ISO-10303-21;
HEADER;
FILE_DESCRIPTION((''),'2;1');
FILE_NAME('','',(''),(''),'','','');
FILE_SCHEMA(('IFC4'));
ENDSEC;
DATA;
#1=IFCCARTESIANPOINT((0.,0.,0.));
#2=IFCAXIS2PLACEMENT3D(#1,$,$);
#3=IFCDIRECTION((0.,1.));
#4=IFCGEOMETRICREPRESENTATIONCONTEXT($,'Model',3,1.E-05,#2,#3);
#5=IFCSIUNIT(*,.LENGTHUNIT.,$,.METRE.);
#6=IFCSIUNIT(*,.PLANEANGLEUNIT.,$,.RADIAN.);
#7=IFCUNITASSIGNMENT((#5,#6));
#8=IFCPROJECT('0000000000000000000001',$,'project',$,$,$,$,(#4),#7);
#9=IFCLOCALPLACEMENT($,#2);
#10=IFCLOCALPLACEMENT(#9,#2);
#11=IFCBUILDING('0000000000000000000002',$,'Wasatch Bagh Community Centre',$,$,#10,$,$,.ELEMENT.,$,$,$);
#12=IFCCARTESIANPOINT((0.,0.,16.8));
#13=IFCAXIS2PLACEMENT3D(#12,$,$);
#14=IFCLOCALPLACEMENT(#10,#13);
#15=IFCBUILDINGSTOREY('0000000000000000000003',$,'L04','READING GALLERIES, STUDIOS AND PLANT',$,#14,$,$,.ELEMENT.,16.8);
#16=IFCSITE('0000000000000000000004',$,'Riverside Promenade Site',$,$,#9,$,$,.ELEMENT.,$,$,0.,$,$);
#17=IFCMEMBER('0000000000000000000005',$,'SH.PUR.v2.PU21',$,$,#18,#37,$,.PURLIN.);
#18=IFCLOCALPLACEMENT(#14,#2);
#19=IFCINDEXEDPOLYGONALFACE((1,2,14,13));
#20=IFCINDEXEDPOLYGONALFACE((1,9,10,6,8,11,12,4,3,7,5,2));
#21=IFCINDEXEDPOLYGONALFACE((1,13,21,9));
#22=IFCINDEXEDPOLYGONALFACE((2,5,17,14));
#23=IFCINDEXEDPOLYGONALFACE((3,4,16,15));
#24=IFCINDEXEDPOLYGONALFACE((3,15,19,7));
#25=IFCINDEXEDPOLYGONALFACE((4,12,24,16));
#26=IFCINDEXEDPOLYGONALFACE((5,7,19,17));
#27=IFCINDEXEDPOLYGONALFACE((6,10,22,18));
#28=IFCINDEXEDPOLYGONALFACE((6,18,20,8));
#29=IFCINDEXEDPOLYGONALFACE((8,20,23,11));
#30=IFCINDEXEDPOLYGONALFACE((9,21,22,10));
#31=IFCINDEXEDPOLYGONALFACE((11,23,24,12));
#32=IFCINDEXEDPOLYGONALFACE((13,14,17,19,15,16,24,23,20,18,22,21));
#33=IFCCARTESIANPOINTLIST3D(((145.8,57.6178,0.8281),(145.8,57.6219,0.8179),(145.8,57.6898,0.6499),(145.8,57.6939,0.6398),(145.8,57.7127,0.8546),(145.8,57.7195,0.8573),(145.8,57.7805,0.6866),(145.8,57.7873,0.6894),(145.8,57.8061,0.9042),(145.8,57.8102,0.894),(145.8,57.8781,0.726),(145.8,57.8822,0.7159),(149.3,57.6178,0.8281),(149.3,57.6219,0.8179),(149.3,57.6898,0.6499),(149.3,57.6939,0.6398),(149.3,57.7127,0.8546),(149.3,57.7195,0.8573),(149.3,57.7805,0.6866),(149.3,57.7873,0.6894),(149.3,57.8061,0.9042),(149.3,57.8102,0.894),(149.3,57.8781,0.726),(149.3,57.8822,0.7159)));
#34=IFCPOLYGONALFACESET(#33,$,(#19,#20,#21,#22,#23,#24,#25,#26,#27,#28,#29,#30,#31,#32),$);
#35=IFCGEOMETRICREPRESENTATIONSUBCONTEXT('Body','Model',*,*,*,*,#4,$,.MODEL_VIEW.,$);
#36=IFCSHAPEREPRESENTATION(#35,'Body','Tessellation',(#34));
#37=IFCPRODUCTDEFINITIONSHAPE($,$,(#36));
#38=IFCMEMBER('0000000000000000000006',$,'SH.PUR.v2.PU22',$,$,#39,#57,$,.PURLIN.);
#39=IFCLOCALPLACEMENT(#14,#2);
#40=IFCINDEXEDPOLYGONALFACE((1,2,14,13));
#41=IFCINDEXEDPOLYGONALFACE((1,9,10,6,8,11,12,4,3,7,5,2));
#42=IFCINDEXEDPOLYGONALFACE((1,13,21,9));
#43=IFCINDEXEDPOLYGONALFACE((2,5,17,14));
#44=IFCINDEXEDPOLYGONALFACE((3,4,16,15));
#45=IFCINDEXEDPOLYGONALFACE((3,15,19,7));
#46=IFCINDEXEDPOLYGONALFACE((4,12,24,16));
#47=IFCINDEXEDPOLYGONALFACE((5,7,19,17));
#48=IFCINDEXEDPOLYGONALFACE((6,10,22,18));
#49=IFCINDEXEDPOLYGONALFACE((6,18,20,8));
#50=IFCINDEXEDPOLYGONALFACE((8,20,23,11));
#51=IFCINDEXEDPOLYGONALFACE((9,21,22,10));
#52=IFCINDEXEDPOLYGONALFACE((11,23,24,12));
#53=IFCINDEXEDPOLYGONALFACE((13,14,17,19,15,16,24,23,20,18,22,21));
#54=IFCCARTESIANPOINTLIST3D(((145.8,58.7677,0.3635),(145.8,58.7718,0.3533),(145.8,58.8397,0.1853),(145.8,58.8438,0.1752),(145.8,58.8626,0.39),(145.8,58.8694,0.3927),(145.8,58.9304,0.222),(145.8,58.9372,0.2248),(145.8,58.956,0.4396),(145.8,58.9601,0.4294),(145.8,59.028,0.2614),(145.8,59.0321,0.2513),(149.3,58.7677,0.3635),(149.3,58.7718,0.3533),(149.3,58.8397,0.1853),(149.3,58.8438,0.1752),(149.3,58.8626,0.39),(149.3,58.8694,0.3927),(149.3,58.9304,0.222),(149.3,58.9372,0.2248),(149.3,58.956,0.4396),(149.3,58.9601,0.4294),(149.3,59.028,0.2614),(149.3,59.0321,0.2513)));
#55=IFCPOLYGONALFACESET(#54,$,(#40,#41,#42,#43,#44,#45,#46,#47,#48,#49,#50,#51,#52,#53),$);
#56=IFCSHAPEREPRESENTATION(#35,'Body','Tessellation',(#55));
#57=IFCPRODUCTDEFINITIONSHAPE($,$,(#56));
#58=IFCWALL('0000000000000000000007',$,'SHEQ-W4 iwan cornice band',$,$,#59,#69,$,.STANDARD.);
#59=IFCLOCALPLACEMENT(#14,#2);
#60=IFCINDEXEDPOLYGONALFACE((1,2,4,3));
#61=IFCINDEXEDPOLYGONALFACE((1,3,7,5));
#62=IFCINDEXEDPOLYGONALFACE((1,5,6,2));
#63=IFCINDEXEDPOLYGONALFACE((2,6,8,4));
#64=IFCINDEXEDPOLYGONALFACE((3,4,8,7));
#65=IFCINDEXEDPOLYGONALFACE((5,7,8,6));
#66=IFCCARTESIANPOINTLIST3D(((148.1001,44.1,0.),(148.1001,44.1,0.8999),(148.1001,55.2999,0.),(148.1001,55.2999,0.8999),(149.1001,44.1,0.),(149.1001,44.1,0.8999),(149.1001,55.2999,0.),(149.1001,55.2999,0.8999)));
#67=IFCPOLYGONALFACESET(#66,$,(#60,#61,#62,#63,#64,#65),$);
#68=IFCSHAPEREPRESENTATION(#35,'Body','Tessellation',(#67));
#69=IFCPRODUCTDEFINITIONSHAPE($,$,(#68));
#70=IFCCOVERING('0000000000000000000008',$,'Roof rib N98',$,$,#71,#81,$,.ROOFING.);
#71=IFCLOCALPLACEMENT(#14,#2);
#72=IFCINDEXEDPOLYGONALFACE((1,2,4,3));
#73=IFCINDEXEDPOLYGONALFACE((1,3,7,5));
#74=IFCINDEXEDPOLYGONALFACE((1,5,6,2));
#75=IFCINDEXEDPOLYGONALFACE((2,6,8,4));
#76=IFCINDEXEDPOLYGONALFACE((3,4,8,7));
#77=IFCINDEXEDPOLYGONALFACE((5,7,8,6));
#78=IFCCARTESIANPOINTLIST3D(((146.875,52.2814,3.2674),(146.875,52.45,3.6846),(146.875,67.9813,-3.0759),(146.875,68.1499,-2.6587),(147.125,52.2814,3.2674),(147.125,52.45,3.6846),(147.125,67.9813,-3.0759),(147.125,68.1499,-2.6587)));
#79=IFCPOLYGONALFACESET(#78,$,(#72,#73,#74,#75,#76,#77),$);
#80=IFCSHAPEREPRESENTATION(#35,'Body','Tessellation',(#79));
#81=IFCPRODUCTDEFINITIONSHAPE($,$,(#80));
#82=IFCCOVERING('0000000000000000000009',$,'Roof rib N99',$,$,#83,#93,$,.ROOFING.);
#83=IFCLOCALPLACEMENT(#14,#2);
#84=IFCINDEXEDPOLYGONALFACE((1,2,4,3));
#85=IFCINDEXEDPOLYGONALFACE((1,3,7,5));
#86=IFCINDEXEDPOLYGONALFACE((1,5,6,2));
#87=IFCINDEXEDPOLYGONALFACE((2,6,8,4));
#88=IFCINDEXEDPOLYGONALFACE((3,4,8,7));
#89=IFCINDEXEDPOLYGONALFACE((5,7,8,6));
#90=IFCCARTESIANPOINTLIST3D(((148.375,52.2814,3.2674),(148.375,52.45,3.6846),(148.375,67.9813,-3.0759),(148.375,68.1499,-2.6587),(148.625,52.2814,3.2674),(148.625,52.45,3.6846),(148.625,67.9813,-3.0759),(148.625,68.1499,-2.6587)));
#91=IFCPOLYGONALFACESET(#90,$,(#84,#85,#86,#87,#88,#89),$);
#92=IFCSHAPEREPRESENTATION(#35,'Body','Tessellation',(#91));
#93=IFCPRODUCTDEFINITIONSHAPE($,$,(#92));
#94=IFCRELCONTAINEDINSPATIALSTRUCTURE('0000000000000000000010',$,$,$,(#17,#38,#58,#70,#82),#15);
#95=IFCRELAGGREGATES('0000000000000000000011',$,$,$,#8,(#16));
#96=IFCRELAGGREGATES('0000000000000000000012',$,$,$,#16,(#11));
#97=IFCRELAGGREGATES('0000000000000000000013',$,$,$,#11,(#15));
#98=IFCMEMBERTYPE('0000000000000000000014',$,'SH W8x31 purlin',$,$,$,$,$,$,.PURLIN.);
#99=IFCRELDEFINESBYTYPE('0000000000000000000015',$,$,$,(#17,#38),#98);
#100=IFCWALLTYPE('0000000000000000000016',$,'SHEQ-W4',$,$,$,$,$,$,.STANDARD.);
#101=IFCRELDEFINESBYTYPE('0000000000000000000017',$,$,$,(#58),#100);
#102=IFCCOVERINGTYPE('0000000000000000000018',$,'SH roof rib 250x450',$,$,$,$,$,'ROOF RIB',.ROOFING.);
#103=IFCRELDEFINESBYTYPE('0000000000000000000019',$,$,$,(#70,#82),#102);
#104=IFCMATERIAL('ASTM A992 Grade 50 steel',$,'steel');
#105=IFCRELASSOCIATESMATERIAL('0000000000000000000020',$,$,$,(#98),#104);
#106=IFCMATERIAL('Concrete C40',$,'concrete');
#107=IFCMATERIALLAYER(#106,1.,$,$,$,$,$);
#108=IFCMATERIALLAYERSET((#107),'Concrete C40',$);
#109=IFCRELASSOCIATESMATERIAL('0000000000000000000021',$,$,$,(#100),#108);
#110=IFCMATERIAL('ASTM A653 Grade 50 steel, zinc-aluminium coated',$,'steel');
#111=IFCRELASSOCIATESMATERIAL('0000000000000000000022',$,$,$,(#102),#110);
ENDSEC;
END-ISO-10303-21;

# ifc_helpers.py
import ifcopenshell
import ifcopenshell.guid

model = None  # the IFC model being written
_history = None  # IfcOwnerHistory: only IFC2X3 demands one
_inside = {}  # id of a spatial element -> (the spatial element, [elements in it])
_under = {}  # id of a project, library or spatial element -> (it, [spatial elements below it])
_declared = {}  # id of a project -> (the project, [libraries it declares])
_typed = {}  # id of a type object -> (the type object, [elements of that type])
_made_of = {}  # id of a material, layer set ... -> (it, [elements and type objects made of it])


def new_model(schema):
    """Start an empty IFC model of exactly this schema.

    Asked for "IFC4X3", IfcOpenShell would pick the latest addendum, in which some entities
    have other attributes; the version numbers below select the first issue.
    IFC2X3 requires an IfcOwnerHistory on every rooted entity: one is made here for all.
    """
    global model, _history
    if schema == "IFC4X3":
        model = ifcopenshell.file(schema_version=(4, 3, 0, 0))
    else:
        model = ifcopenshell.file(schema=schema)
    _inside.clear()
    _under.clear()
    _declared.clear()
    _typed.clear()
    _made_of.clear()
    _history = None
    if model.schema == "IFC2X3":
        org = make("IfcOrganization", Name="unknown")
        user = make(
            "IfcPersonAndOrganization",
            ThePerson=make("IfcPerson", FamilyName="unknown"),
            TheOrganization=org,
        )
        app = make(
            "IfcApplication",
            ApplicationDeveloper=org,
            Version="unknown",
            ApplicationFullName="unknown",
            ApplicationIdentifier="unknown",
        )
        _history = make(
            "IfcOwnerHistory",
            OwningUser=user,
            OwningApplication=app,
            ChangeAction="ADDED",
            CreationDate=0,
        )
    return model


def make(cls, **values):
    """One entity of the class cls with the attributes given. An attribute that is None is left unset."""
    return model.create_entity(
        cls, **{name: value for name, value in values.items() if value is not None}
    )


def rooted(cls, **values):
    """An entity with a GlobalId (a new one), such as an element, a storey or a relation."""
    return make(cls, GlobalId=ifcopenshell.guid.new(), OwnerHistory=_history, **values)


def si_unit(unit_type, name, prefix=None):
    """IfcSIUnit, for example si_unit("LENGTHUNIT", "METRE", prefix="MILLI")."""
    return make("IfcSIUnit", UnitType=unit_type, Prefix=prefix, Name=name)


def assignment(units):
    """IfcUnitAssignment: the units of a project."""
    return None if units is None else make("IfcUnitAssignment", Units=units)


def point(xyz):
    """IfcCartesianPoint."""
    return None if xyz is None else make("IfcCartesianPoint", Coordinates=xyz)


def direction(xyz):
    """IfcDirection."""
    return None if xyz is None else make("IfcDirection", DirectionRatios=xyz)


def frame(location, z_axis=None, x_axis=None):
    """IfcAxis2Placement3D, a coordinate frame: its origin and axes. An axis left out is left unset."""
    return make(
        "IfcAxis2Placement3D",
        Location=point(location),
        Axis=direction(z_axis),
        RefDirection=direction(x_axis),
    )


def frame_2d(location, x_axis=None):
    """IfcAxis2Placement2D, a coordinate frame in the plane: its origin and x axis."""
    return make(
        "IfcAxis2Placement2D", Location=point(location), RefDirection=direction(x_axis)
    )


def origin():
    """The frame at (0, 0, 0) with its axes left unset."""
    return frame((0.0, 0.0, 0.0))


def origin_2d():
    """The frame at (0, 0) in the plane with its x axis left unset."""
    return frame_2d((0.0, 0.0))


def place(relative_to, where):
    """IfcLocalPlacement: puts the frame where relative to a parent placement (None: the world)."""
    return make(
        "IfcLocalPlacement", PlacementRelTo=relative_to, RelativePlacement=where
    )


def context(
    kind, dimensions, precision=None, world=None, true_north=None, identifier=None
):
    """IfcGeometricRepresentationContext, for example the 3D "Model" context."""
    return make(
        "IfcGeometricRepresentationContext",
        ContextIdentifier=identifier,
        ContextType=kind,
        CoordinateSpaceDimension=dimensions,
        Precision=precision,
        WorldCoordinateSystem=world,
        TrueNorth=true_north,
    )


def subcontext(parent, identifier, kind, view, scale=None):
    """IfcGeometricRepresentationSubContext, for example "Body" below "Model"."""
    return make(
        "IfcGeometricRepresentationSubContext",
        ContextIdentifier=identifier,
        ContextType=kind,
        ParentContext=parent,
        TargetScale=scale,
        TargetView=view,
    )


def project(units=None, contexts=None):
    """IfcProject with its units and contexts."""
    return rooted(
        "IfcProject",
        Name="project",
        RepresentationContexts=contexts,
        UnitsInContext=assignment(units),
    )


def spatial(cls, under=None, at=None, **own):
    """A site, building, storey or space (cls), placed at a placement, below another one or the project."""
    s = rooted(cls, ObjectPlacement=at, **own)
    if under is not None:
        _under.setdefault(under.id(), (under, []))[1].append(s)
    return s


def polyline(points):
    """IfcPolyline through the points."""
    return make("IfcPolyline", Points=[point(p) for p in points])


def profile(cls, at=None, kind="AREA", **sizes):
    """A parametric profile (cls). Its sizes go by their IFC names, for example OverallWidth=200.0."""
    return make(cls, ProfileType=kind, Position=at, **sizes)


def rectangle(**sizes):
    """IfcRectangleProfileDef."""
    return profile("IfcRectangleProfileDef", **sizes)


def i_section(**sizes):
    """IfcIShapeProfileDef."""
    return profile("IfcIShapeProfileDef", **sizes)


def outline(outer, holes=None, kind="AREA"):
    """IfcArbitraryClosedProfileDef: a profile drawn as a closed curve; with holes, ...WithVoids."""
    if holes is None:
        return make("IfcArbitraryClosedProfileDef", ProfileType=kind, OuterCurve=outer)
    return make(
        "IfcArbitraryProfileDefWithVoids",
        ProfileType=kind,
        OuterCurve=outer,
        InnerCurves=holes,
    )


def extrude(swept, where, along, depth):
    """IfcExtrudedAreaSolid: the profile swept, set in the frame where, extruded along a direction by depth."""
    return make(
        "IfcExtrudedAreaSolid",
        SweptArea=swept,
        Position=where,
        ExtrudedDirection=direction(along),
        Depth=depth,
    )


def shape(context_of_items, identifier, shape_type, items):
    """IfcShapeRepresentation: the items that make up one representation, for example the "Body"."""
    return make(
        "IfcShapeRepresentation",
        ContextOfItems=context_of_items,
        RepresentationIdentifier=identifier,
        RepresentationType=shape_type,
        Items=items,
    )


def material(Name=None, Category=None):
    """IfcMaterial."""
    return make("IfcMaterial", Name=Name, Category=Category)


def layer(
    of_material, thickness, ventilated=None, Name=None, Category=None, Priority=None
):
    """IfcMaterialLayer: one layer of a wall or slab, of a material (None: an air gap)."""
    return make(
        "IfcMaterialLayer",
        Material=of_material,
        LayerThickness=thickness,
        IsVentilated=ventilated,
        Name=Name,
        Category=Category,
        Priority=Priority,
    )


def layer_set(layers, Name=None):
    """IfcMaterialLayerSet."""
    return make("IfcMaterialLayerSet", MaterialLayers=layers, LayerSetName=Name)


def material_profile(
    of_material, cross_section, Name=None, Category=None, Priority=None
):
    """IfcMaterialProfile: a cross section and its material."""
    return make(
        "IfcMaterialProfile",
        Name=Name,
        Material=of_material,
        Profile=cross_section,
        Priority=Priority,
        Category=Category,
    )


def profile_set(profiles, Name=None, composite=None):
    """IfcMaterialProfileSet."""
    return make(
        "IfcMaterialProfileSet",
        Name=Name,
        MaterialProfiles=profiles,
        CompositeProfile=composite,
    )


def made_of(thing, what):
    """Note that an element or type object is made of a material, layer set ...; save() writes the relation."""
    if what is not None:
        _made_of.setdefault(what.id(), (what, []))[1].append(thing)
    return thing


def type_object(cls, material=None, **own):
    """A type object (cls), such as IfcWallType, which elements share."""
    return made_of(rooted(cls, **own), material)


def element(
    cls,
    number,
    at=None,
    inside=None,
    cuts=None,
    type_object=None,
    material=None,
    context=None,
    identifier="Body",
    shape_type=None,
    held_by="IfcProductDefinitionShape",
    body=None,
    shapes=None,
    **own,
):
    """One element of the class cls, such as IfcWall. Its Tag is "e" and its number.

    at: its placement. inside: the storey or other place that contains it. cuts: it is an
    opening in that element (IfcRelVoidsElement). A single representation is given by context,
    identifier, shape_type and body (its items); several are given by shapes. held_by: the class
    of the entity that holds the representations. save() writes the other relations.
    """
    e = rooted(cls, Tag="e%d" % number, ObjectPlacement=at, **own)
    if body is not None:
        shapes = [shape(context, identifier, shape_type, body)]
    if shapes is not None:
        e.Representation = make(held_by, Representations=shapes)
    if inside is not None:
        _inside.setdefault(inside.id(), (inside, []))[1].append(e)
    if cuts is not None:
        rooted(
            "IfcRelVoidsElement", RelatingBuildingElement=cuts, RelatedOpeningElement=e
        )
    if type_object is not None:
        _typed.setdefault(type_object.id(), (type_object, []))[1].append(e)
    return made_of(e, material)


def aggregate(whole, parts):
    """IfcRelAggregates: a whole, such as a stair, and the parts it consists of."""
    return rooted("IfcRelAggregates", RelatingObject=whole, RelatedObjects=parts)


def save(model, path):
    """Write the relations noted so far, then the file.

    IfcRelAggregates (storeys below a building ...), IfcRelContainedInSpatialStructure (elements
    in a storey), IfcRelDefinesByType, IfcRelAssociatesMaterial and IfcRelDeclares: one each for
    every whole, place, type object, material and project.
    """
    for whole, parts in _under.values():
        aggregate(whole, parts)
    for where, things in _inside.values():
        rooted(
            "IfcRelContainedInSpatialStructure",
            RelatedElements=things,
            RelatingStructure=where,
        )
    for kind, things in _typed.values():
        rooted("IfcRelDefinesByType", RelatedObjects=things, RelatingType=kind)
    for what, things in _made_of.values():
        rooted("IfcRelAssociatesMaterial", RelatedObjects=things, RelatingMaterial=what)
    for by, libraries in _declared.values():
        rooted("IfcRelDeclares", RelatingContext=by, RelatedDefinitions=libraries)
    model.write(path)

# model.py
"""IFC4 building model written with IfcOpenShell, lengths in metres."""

from ifc_helpers import new_model, si_unit, direction, frame, frame_2d, origin, origin_2d, place, context, subcontext, project, spatial, polyline, rectangle, i_section, outline, extrude, material, layer, layer_set, material_profile, profile_set, type_object, element, save


model = new_model("IFC4")

# Units and contexts
model_context = context("Model", 3, precision=1e-05, world=origin(), true_north=direction((0.0, 1.0)))
body_context = subcontext(model_context, "Body", "Model", "MODEL_VIEW")
ifc_project = project(units=[si_unit("LENGTHUNIT", "METRE"), si_unit("PLANEANGLEUNIT", "RADIAN")], contexts=[model_context])

# Site, building, storey
site_placement = place(None, origin())
site = spatial("IfcSite", under=ifc_project, at=site_placement, Name="Riverside Promenade Site", CompositionType="ELEMENT", RefElevation=0.0)
building_placement = place(site_placement, origin())
building = spatial("IfcBuilding", under=site, at=building_placement, Name="Wasatch Bagh Community Centre", CompositionType="ELEMENT")
storey_placement = place(building_placement, frame((0.0, 0.0, 16.8)))
storey = spatial("IfcBuildingStorey", under=building, at=storey_placement, Name="L04", Description="READING GALLERIES, STUDIOS AND PLANT", CompositionType="ELEMENT", Elevation=16.8)

# Members
ifc_material_1 = material(Name="ASTM A992 Grade 50 steel", Category="steel")
ifc_material_profile_1 = material_profile(ifc_material_1, i_section(OverallWidth=0.2031, OverallDepth=0.2031, WebThickness=0.0073, FlangeThickness=0.011, at=origin_2d()), Name="W8x31")
ifc_profile_set_1 = profile_set([ifc_material_profile_1], Name="ASTM A992 Grade 50 steel")
member_type_1 = type_object("IfcMemberType", Name="SH W8x31 purlin", PredefinedType="PURLIN", material=ifc_profile_set_1)
for number, where, z_axis, x_axis, name in (
    (1, (145.8, 57.75, 0.772), (1.0, 0.0, 0.0), (0.0, 0.927184, 0.374607), "SH.PUR.v2.PU21"),
    (2, (145.8, 58.8999, 0.3074), (1.0, 0.0, 0.0), (0.0, 0.927184, 0.374607), "SH.PUR.v2.PU22"),
):
    element("IfcMember", number, at=place(storey_placement, frame(where, z_axis=z_axis, x_axis=x_axis)), inside=storey, type_object=member_type_1, Name=name, PredefinedType="PURLIN", context=body_context, shape_type="SweptSolid", body=[
        extrude(i_section(OverallWidth=0.2031, OverallDepth=0.2031, WebThickness=0.0073, FlangeThickness=0.011, at=origin_2d()), origin(), (0.0, 0.0, 1.0), 3.5),
    ])

# Wall
ifc_material_2 = material(Name="Concrete C40", Category="concrete")
ifc_layer_1 = layer(ifc_material_2, 1.0)
ifc_layer_set_1 = layer_set([ifc_layer_1], Name="Concrete C40")
wall_type = type_object("IfcWallType", Name="SHEQ-W4", PredefinedType="STANDARD", material=ifc_layer_set_1)
wall_placement = place(storey_placement, frame((148.6001, 55.3, 0.0), z_axis=(0.0, 0.0, 1.0), x_axis=(0.0, -1.0, 0.0)))
element("IfcWall", 3, at=wall_placement, inside=storey, type_object=wall_type, Name="SHEQ-W4 iwan cornice band", PredefinedType="STANDARD", context=body_context, shape_type="SweptSolid", body=[
    extrude(rectangle(XDim=11.2, YDim=1.0, at=frame_2d((5.6001, 0.0))), origin(), (0.0, 0.0, 1.0), 0.8999),
])

# Coverings
ifc_material_3 = material(Name="ASTM A653 Grade 50 steel, zinc-aluminium coated", Category="steel")
covering_type = type_object("IfcCoveringType", Name="SH roof rib 250x450", ElementType="ROOF RIB", PredefinedType="ROOFING", material=ifc_material_3)
for number, where, z_axis, x_axis, name in (
    (4, (147.125, 68.1499, -2.6587), (0.0, 0.37461, 0.927182), (0.0, -0.927182, 0.37461), "Roof rib N98"),
    (5, (148.625, 68.1499, -2.6587), (0.0, 0.37461, 0.927182), (0.0, -0.927182, 0.37461), "Roof rib N99"),
):
    element("IfcCovering", number, at=place(storey_placement, frame(where, z_axis=z_axis, x_axis=x_axis)), inside=storey, type_object=covering_type, Name=name, PredefinedType="ROOFING", context=body_context, shape_type="SweptSolid", body=[
        extrude(outline(polyline([(0.0, 0.0), (16.933, 0.0), (16.933, -0.25), (0.0, -0.25), (0.0, 0.0)])), origin(), (0.0, 0.0, -1.0), 0.45),
    ])

save(model, "model.ifc")
